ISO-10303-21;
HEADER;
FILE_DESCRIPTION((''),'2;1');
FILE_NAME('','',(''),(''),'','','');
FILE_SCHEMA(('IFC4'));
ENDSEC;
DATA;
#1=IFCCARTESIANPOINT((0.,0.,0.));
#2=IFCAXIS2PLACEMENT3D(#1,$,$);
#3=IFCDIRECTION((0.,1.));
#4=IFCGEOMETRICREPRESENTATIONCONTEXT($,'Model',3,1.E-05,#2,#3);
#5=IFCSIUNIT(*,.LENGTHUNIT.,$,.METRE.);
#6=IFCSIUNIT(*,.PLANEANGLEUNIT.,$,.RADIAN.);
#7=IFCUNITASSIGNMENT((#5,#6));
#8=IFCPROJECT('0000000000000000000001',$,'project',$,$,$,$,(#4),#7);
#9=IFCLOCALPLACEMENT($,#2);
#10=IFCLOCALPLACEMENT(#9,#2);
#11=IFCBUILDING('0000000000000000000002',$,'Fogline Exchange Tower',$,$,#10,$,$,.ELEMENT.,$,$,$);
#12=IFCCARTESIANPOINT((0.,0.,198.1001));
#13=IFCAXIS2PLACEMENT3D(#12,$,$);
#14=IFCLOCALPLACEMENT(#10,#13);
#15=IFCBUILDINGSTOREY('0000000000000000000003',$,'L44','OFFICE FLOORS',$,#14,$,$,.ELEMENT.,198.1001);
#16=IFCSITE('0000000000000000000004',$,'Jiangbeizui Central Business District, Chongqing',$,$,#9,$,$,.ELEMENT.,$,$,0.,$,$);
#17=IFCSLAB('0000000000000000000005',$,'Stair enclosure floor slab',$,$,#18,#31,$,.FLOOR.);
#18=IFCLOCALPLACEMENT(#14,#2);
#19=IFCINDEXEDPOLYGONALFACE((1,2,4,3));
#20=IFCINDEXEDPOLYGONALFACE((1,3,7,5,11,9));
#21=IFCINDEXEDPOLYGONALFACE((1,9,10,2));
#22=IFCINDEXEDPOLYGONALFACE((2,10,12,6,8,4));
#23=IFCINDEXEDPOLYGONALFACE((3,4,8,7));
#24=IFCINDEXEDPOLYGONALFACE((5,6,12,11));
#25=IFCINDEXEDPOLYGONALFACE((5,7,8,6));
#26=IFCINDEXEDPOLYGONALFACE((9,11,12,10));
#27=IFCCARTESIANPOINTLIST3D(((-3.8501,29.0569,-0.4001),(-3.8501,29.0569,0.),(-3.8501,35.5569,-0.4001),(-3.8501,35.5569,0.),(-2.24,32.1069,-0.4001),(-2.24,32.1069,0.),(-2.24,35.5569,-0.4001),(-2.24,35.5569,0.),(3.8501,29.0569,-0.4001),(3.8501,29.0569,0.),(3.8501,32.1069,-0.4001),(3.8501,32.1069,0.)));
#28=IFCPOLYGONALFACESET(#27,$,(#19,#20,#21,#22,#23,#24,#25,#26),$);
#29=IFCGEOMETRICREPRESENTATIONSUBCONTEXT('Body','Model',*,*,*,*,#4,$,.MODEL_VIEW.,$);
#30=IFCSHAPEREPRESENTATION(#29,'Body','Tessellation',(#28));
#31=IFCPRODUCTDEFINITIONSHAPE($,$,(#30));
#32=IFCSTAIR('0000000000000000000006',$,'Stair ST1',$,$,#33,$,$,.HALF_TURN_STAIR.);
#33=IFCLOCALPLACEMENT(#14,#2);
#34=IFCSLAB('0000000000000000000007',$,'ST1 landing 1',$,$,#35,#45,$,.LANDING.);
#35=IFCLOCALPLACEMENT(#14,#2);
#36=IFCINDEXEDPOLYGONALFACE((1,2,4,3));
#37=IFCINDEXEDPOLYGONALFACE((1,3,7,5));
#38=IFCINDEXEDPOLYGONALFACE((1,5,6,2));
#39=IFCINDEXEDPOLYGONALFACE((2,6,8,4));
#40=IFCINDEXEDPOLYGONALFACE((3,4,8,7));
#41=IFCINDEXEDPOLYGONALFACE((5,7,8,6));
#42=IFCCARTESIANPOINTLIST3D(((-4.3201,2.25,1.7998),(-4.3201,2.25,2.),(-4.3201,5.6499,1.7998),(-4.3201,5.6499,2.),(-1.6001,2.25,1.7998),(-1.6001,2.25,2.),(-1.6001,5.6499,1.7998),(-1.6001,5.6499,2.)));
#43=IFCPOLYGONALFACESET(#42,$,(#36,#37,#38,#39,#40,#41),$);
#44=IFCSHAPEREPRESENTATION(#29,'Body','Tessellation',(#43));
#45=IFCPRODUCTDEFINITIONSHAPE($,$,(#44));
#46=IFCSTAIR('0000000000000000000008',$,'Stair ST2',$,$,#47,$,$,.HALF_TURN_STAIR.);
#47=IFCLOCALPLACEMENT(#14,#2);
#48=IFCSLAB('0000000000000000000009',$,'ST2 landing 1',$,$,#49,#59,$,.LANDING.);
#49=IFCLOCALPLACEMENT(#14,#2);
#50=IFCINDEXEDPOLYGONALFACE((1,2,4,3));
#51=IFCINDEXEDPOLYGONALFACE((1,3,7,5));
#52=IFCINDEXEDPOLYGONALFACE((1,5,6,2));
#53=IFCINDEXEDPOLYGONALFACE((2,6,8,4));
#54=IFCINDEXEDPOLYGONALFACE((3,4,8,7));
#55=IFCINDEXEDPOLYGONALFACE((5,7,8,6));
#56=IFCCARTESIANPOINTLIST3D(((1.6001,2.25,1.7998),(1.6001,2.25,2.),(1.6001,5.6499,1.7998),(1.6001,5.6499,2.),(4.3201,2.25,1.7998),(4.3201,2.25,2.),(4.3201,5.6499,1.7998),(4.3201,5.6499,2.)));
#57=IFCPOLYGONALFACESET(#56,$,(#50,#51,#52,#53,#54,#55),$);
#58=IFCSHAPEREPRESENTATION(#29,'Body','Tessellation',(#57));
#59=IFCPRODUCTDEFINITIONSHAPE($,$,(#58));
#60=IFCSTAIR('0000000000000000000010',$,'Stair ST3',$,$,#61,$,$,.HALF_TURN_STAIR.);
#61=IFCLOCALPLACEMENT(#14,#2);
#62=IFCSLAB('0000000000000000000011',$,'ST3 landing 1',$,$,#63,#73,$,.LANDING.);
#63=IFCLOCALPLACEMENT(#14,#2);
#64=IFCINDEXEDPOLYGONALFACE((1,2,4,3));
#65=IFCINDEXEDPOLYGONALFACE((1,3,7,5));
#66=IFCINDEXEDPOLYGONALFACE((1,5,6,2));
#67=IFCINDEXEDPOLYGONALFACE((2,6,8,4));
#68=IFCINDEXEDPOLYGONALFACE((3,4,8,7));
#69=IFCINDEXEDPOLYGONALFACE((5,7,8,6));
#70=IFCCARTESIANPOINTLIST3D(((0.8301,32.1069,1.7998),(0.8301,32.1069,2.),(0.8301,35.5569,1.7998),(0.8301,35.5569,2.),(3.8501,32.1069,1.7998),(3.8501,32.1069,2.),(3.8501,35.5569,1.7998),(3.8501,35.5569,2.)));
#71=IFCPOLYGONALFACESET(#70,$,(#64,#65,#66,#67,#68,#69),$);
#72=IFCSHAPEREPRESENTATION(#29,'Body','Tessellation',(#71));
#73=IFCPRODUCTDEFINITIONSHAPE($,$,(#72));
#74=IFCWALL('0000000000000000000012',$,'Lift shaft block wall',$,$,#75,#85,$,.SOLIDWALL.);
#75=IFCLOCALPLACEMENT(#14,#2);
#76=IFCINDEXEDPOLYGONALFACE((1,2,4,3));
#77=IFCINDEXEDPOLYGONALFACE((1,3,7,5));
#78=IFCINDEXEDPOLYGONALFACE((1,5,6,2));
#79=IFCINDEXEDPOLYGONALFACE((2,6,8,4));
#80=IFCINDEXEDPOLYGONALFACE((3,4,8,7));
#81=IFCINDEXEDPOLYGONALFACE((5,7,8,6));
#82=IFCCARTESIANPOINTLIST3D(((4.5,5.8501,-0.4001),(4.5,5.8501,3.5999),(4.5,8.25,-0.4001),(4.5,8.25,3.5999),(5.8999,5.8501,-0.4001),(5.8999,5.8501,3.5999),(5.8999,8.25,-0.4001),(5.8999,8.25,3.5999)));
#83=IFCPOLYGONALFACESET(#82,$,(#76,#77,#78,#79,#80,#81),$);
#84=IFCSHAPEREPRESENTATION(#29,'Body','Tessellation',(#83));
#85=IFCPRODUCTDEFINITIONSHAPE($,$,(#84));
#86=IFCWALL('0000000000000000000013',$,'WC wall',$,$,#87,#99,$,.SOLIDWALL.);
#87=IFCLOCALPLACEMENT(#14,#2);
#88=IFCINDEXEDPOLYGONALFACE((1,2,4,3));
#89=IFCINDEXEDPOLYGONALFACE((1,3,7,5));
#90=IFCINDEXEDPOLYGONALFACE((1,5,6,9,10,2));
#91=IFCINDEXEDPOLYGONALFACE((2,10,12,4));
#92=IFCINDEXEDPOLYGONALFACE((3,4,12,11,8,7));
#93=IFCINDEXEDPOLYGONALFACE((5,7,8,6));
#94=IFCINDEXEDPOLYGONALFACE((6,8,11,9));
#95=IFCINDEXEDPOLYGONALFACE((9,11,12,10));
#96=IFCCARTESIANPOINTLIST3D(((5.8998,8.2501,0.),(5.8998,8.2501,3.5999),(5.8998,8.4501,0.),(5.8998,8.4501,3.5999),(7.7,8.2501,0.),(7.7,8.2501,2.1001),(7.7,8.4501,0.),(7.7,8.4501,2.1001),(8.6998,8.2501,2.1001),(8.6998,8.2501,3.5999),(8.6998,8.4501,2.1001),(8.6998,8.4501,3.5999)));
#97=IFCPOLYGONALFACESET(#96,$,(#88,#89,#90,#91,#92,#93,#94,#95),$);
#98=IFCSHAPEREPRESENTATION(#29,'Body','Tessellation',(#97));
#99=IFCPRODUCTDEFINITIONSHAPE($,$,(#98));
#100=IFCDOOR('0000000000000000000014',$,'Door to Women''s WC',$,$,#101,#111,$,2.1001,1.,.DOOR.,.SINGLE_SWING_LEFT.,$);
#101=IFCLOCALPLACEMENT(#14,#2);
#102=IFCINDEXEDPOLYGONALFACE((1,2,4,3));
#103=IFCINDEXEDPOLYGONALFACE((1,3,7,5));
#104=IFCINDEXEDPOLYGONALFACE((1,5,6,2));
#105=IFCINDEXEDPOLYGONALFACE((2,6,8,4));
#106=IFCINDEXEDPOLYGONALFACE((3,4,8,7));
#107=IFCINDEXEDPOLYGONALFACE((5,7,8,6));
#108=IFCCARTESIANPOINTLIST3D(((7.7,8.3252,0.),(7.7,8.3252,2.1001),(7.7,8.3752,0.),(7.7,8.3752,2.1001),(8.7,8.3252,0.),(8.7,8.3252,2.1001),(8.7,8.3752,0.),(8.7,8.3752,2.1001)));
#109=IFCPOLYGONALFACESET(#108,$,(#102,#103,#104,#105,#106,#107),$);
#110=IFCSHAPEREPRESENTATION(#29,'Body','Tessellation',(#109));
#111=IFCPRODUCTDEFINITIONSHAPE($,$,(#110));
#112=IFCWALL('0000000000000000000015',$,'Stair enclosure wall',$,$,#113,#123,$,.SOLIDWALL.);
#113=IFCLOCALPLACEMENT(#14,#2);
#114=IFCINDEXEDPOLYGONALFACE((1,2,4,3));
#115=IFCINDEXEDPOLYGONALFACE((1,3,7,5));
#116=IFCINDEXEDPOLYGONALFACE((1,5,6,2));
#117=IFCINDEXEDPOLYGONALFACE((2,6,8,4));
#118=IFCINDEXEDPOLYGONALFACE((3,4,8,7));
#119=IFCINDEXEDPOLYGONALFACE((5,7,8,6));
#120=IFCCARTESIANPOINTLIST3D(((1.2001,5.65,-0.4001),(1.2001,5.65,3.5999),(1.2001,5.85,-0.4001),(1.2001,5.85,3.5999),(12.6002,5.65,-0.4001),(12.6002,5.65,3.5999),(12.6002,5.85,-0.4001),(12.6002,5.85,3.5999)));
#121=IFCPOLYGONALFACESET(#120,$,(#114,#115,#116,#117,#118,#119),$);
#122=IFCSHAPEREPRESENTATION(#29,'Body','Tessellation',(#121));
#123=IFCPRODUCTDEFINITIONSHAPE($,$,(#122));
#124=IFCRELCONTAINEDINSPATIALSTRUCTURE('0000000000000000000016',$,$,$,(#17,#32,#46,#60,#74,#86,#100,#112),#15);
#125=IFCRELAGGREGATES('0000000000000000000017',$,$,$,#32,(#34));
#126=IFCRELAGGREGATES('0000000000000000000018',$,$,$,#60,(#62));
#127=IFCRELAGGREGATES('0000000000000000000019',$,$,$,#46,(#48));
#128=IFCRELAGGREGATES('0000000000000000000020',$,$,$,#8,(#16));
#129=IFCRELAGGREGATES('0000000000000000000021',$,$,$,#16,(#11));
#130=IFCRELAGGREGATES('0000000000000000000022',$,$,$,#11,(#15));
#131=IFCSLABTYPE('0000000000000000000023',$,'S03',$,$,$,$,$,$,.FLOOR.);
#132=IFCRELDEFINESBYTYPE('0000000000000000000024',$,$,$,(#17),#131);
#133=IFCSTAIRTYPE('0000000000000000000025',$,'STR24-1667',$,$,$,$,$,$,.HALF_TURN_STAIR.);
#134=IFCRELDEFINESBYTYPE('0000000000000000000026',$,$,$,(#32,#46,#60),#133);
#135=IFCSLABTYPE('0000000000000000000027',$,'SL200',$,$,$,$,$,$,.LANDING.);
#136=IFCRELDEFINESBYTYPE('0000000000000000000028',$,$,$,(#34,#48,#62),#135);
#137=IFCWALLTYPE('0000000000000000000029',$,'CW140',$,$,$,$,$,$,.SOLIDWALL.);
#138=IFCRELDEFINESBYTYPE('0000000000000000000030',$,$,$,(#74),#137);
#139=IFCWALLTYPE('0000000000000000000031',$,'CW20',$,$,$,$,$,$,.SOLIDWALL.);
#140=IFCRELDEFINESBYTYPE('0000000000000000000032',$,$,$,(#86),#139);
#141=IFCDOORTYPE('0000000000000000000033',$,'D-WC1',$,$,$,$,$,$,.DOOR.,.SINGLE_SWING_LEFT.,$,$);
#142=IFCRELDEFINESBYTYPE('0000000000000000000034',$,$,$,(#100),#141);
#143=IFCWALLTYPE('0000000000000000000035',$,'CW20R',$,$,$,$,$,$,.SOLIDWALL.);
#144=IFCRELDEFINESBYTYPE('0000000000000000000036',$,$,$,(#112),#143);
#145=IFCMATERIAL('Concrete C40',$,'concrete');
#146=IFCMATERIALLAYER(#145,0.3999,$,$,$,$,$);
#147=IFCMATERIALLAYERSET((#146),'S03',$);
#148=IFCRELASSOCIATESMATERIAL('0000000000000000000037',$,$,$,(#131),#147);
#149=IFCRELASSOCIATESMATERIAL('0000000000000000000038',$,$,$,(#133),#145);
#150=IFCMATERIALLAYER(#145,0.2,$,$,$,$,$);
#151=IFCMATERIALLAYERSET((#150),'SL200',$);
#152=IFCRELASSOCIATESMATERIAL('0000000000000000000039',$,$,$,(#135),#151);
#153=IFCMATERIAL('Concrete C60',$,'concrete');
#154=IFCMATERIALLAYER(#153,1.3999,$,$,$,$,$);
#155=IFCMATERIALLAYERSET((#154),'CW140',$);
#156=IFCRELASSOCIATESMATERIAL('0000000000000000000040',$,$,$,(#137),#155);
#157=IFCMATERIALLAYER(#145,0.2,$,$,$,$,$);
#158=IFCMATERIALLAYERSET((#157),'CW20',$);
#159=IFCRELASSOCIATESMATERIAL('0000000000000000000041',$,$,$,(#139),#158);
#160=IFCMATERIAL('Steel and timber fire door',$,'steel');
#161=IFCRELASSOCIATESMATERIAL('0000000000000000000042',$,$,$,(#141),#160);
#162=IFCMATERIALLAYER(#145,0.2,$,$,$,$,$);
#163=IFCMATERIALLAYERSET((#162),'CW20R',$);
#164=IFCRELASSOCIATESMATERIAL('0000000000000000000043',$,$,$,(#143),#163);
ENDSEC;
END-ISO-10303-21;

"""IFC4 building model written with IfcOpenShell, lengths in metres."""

from ifc_helpers import new_model, si_unit, direction, frame, frame_2d, origin, place, context, subcontext, project, spatial, polyline, rectangle, outline, extrude, material, layer, layer_set, type_object, element, fill, aggregate, save


model = new_model("IFC4")

# Units and contexts
model_context = context("Model", 3, precision=1e-05, world=origin(), true_north=direction((0.0, 1.0)))
body_context = subcontext(model_context, "Body", "Model", "MODEL_VIEW")
ifc_project = project(units=[si_unit("LENGTHUNIT", "METRE"), si_unit("PLANEANGLEUNIT", "RADIAN")], contexts=[model_context])

# Site, building, storey
site_placement = place(None, origin())
site = spatial("IfcSite", under=ifc_project, at=site_placement, Name="Jiangbeizui Central Business District, Chongqing", CompositionType="ELEMENT", RefElevation=0.0)
building_placement = place(site_placement, origin())
building = spatial("IfcBuilding", under=site, at=building_placement, Name="Fogline Exchange Tower", CompositionType="ELEMENT")
storey_placement = place(building_placement, frame((0.0, 0.0, 198.1001)))
storey = spatial("IfcBuildingStorey", under=building, at=storey_placement, Name="L44", Description="OFFICE FLOORS", CompositionType="ELEMENT", Elevation=198.1001)

# Slab
ifc_material_1 = material(Name="Concrete C40", Category="concrete")
ifc_layer_1 = layer(ifc_material_1, 0.3999)
ifc_layer_set_1 = layer_set([ifc_layer_1], Name="S03")
slab_type_1 = type_object("IfcSlabType", Name="S03", PredefinedType="FLOOR", material=ifc_layer_set_1)
slab_1_placement = place(storey_placement, frame((0.0, 0.0, -0.4001)))
element("IfcSlab", 1, at=slab_1_placement, inside=storey, type_object=slab_type_1, Name="Stair enclosure floor slab", PredefinedType="FLOOR", context=body_context, shape_type="SweptSolid", body=[
    extrude(outline(polyline([(3.8501, 29.0569), (-3.8501, 29.0569), (-3.8501, 35.5569), (-2.24, 35.5569), (-2.24, 32.1069), (3.8501, 32.1069), (3.8501, 29.0569)])), origin(), (0.0, 0.0, 1.0), 0.4001),
])

# Stairs, slabs
stair_type = type_object("IfcStairType", Name="STR24-1667", PredefinedType="HALF_TURN_STAIR", material=ifc_material_1)
stair_1_placement = place(storey_placement, origin())
stair_1 = element("IfcStair", 2, at=stair_1_placement, inside=storey, type_object=stair_type, Name="Stair ST1", PredefinedType="HALF_TURN_STAIR")
ifc_layer_2 = layer(ifc_material_1, 0.2)
ifc_layer_set_2 = layer_set([ifc_layer_2], Name="SL200")
slab_type_2 = type_object("IfcSlabType", Name="SL200", PredefinedType="LANDING", material=ifc_layer_set_2)
slab_2_placement = place(storey_placement, frame((0.0, 0.0, 1.7998)))
slab_2 = element("IfcSlab", 3, at=slab_2_placement, type_object=slab_type_2, Name="ST1 landing 1", PredefinedType="LANDING", context=body_context, shape_type="SweptSolid", body=[
    extrude(outline(polyline([(-4.3201, 2.25), (-1.6001, 2.25), (-1.6001, 5.6499), (-4.3201, 5.6499), (-4.3201, 2.25)])), origin(), (0.0, 0.0, 1.0), 0.2002),
])
aggregate(stair_1, [slab_2])
stair_2_placement = place(storey_placement, origin())
stair_2 = element("IfcStair", 4, at=stair_2_placement, inside=storey, type_object=stair_type, Name="Stair ST2", PredefinedType="HALF_TURN_STAIR")
slab_3_placement = place(storey_placement, frame((0.0, 0.0, 1.7998)))
slab_3 = element("IfcSlab", 5, at=slab_3_placement, type_object=slab_type_2, Name="ST2 landing 1", PredefinedType="LANDING", context=body_context, shape_type="SweptSolid", body=[
    extrude(outline(polyline([(1.6001, 2.25), (4.3201, 2.25), (4.3201, 5.6499), (1.6001, 5.6499), (1.6001, 2.25)])), origin(), (0.0, 0.0, 1.0), 0.2002),
])
stair_3_placement = place(storey_placement, origin())
stair_3 = element("IfcStair", 6, at=stair_3_placement, inside=storey, type_object=stair_type, Name="Stair ST3", PredefinedType="HALF_TURN_STAIR")
slab_4_placement = place(storey_placement, frame((0.0, 0.0, 1.7998)))
slab_4 = element("IfcSlab", 7, at=slab_4_placement, type_object=slab_type_2, Name="ST3 landing 1", PredefinedType="LANDING", context=body_context, shape_type="SweptSolid", body=[
    extrude(outline(polyline([(0.8301, 32.1069), (3.8501, 32.1069), (3.8501, 35.5569), (0.8301, 35.5569), (0.8301, 32.1069)])), origin(), (0.0, 0.0, 1.0), 0.2002),
])
aggregate(stair_3, [slab_4])

# Wall
ifc_material_2 = material(Name="Concrete C60", Category="concrete")
ifc_layer_3 = layer(ifc_material_2, 1.3999)
ifc_layer_set_3 = layer_set([ifc_layer_3], Name="CW140")
wall_type_1 = type_object("IfcWallType", Name="CW140", PredefinedType="SOLIDWALL", material=ifc_layer_set_3)
wall_1_placement = place(storey_placement, frame((5.2, 5.8501, -0.4001), z_axis=(0.0, 0.0, 1.0), x_axis=(0.0, 1.0, 0.0)))
element("IfcWall", 8, at=wall_1_placement, inside=storey, type_object=wall_type_1, Name="Lift shaft block wall", PredefinedType="SOLIDWALL", context=body_context, shape_type="SweptSolid", body=[
    extrude(rectangle(XDim=2.3999, YDim=1.3999, at=frame_2d((1.2, 0.0))), origin(), (0.0, 0.0, 1.0), 4.0),
])

# Wall, opening, door
ifc_layer_4 = layer(ifc_material_1, 0.2)
ifc_layer_set_4 = layer_set([ifc_layer_4], Name="CW20")
wall_type_2 = type_object("IfcWallType", Name="CW20", PredefinedType="SOLIDWALL", material=ifc_layer_set_4)
wall_2_placement = place(storey_placement, frame((5.8999, 8.3501, 0.0), z_axis=(0.0, 0.0, 1.0), x_axis=(1.0, 0.0, 0.0)))
wall_2 = element("IfcWall", 9, at=wall_2_placement, inside=storey, type_object=wall_type_2, Name="WC wall", PredefinedType="SOLIDWALL", context=body_context, shape_type="SweptSolid", body=[
    extrude(rectangle(XDim=2.8, YDim=0.2, at=frame_2d((1.3999, 0.0))), origin(), (0.0, 0.0, 1.0), 3.5999),
])
opening_1_placement = place(wall_2_placement, frame((1.8, 0.0, 0.0)))
opening_1 = element("IfcOpeningElement", 10, at=opening_1_placement, cuts=wall_2, PredefinedType="OPENING", context=body_context, shape_type="SweptSolid", body=[
    extrude(rectangle(XDim=1.0, YDim=2.1001, at=frame_2d((0.5, 1.05))), frame((0.0, 0.1099, 0.0), z_axis=(0.0, -1.0, 0.0), x_axis=(1.0, 0.0, 0.0)), (0.0, 0.0, 1.0), 0.22),
])
ifc_material_3 = material(Name="Steel and timber fire door", Category="steel")
door_type_1 = type_object("IfcDoorType", Name="D-WC1", OperationType="SINGLE_SWING_LEFT", PredefinedType="DOOR", material=ifc_material_3)
door_1_placement = place(opening_1_placement, frame((1.0, 0.0, 0.0), z_axis=(0.0, 0.0, 1.0), x_axis=(-1.0, 0.0, 0.0)))
door_1 = element("IfcDoor", 11, at=door_1_placement, inside=storey, type_object=door_type_1, Name="Door to Women's WC", OperationType="SINGLE_SWING_LEFT", OverallHeight=2.1001, OverallWidth=1.0, PredefinedType="DOOR", context=body_context, shape_type="SweptSolid", body=[
    extrude(rectangle(XDim=1.0, YDim=2.1001, at=frame_2d((0.5, 1.05))), frame((0.0, 0.0249, 0.0), z_axis=(0.0, -1.0, 0.0), x_axis=(1.0, 0.0, 0.0)), (0.0, 0.0, 1.0), 0.05),
])
fill(opening_1, door_1)

# Wall
ifc_layer_5 = layer(ifc_material_1, 0.2)
ifc_layer_set_5 = layer_set([ifc_layer_5], Name="CW20R")
wall_type_3 = type_object("IfcWallType", Name="CW20R", PredefinedType="SOLIDWALL", material=ifc_layer_set_5)
wall_3_placement = place(storey_placement, frame((1.2, 5.75, -0.4001), z_axis=(0.0, 0.0, 1.0), x_axis=(1.0, 0.0, 0.0)))
element("IfcWall", 12, at=wall_3_placement, inside=storey, type_object=wall_type_3, Name="Stair enclosure wall", PredefinedType="SOLIDWALL", context=body_context, shape_type="SweptSolid", body=[
    extrude(rectangle(XDim=11.4001, YDim=0.2, at=frame_2d((5.7002, 0.0))), origin(), (0.0, 0.0, 1.0), 4.0),
])

aggregate(stair_2, [slab_3])

save(model, "model.ifc")
